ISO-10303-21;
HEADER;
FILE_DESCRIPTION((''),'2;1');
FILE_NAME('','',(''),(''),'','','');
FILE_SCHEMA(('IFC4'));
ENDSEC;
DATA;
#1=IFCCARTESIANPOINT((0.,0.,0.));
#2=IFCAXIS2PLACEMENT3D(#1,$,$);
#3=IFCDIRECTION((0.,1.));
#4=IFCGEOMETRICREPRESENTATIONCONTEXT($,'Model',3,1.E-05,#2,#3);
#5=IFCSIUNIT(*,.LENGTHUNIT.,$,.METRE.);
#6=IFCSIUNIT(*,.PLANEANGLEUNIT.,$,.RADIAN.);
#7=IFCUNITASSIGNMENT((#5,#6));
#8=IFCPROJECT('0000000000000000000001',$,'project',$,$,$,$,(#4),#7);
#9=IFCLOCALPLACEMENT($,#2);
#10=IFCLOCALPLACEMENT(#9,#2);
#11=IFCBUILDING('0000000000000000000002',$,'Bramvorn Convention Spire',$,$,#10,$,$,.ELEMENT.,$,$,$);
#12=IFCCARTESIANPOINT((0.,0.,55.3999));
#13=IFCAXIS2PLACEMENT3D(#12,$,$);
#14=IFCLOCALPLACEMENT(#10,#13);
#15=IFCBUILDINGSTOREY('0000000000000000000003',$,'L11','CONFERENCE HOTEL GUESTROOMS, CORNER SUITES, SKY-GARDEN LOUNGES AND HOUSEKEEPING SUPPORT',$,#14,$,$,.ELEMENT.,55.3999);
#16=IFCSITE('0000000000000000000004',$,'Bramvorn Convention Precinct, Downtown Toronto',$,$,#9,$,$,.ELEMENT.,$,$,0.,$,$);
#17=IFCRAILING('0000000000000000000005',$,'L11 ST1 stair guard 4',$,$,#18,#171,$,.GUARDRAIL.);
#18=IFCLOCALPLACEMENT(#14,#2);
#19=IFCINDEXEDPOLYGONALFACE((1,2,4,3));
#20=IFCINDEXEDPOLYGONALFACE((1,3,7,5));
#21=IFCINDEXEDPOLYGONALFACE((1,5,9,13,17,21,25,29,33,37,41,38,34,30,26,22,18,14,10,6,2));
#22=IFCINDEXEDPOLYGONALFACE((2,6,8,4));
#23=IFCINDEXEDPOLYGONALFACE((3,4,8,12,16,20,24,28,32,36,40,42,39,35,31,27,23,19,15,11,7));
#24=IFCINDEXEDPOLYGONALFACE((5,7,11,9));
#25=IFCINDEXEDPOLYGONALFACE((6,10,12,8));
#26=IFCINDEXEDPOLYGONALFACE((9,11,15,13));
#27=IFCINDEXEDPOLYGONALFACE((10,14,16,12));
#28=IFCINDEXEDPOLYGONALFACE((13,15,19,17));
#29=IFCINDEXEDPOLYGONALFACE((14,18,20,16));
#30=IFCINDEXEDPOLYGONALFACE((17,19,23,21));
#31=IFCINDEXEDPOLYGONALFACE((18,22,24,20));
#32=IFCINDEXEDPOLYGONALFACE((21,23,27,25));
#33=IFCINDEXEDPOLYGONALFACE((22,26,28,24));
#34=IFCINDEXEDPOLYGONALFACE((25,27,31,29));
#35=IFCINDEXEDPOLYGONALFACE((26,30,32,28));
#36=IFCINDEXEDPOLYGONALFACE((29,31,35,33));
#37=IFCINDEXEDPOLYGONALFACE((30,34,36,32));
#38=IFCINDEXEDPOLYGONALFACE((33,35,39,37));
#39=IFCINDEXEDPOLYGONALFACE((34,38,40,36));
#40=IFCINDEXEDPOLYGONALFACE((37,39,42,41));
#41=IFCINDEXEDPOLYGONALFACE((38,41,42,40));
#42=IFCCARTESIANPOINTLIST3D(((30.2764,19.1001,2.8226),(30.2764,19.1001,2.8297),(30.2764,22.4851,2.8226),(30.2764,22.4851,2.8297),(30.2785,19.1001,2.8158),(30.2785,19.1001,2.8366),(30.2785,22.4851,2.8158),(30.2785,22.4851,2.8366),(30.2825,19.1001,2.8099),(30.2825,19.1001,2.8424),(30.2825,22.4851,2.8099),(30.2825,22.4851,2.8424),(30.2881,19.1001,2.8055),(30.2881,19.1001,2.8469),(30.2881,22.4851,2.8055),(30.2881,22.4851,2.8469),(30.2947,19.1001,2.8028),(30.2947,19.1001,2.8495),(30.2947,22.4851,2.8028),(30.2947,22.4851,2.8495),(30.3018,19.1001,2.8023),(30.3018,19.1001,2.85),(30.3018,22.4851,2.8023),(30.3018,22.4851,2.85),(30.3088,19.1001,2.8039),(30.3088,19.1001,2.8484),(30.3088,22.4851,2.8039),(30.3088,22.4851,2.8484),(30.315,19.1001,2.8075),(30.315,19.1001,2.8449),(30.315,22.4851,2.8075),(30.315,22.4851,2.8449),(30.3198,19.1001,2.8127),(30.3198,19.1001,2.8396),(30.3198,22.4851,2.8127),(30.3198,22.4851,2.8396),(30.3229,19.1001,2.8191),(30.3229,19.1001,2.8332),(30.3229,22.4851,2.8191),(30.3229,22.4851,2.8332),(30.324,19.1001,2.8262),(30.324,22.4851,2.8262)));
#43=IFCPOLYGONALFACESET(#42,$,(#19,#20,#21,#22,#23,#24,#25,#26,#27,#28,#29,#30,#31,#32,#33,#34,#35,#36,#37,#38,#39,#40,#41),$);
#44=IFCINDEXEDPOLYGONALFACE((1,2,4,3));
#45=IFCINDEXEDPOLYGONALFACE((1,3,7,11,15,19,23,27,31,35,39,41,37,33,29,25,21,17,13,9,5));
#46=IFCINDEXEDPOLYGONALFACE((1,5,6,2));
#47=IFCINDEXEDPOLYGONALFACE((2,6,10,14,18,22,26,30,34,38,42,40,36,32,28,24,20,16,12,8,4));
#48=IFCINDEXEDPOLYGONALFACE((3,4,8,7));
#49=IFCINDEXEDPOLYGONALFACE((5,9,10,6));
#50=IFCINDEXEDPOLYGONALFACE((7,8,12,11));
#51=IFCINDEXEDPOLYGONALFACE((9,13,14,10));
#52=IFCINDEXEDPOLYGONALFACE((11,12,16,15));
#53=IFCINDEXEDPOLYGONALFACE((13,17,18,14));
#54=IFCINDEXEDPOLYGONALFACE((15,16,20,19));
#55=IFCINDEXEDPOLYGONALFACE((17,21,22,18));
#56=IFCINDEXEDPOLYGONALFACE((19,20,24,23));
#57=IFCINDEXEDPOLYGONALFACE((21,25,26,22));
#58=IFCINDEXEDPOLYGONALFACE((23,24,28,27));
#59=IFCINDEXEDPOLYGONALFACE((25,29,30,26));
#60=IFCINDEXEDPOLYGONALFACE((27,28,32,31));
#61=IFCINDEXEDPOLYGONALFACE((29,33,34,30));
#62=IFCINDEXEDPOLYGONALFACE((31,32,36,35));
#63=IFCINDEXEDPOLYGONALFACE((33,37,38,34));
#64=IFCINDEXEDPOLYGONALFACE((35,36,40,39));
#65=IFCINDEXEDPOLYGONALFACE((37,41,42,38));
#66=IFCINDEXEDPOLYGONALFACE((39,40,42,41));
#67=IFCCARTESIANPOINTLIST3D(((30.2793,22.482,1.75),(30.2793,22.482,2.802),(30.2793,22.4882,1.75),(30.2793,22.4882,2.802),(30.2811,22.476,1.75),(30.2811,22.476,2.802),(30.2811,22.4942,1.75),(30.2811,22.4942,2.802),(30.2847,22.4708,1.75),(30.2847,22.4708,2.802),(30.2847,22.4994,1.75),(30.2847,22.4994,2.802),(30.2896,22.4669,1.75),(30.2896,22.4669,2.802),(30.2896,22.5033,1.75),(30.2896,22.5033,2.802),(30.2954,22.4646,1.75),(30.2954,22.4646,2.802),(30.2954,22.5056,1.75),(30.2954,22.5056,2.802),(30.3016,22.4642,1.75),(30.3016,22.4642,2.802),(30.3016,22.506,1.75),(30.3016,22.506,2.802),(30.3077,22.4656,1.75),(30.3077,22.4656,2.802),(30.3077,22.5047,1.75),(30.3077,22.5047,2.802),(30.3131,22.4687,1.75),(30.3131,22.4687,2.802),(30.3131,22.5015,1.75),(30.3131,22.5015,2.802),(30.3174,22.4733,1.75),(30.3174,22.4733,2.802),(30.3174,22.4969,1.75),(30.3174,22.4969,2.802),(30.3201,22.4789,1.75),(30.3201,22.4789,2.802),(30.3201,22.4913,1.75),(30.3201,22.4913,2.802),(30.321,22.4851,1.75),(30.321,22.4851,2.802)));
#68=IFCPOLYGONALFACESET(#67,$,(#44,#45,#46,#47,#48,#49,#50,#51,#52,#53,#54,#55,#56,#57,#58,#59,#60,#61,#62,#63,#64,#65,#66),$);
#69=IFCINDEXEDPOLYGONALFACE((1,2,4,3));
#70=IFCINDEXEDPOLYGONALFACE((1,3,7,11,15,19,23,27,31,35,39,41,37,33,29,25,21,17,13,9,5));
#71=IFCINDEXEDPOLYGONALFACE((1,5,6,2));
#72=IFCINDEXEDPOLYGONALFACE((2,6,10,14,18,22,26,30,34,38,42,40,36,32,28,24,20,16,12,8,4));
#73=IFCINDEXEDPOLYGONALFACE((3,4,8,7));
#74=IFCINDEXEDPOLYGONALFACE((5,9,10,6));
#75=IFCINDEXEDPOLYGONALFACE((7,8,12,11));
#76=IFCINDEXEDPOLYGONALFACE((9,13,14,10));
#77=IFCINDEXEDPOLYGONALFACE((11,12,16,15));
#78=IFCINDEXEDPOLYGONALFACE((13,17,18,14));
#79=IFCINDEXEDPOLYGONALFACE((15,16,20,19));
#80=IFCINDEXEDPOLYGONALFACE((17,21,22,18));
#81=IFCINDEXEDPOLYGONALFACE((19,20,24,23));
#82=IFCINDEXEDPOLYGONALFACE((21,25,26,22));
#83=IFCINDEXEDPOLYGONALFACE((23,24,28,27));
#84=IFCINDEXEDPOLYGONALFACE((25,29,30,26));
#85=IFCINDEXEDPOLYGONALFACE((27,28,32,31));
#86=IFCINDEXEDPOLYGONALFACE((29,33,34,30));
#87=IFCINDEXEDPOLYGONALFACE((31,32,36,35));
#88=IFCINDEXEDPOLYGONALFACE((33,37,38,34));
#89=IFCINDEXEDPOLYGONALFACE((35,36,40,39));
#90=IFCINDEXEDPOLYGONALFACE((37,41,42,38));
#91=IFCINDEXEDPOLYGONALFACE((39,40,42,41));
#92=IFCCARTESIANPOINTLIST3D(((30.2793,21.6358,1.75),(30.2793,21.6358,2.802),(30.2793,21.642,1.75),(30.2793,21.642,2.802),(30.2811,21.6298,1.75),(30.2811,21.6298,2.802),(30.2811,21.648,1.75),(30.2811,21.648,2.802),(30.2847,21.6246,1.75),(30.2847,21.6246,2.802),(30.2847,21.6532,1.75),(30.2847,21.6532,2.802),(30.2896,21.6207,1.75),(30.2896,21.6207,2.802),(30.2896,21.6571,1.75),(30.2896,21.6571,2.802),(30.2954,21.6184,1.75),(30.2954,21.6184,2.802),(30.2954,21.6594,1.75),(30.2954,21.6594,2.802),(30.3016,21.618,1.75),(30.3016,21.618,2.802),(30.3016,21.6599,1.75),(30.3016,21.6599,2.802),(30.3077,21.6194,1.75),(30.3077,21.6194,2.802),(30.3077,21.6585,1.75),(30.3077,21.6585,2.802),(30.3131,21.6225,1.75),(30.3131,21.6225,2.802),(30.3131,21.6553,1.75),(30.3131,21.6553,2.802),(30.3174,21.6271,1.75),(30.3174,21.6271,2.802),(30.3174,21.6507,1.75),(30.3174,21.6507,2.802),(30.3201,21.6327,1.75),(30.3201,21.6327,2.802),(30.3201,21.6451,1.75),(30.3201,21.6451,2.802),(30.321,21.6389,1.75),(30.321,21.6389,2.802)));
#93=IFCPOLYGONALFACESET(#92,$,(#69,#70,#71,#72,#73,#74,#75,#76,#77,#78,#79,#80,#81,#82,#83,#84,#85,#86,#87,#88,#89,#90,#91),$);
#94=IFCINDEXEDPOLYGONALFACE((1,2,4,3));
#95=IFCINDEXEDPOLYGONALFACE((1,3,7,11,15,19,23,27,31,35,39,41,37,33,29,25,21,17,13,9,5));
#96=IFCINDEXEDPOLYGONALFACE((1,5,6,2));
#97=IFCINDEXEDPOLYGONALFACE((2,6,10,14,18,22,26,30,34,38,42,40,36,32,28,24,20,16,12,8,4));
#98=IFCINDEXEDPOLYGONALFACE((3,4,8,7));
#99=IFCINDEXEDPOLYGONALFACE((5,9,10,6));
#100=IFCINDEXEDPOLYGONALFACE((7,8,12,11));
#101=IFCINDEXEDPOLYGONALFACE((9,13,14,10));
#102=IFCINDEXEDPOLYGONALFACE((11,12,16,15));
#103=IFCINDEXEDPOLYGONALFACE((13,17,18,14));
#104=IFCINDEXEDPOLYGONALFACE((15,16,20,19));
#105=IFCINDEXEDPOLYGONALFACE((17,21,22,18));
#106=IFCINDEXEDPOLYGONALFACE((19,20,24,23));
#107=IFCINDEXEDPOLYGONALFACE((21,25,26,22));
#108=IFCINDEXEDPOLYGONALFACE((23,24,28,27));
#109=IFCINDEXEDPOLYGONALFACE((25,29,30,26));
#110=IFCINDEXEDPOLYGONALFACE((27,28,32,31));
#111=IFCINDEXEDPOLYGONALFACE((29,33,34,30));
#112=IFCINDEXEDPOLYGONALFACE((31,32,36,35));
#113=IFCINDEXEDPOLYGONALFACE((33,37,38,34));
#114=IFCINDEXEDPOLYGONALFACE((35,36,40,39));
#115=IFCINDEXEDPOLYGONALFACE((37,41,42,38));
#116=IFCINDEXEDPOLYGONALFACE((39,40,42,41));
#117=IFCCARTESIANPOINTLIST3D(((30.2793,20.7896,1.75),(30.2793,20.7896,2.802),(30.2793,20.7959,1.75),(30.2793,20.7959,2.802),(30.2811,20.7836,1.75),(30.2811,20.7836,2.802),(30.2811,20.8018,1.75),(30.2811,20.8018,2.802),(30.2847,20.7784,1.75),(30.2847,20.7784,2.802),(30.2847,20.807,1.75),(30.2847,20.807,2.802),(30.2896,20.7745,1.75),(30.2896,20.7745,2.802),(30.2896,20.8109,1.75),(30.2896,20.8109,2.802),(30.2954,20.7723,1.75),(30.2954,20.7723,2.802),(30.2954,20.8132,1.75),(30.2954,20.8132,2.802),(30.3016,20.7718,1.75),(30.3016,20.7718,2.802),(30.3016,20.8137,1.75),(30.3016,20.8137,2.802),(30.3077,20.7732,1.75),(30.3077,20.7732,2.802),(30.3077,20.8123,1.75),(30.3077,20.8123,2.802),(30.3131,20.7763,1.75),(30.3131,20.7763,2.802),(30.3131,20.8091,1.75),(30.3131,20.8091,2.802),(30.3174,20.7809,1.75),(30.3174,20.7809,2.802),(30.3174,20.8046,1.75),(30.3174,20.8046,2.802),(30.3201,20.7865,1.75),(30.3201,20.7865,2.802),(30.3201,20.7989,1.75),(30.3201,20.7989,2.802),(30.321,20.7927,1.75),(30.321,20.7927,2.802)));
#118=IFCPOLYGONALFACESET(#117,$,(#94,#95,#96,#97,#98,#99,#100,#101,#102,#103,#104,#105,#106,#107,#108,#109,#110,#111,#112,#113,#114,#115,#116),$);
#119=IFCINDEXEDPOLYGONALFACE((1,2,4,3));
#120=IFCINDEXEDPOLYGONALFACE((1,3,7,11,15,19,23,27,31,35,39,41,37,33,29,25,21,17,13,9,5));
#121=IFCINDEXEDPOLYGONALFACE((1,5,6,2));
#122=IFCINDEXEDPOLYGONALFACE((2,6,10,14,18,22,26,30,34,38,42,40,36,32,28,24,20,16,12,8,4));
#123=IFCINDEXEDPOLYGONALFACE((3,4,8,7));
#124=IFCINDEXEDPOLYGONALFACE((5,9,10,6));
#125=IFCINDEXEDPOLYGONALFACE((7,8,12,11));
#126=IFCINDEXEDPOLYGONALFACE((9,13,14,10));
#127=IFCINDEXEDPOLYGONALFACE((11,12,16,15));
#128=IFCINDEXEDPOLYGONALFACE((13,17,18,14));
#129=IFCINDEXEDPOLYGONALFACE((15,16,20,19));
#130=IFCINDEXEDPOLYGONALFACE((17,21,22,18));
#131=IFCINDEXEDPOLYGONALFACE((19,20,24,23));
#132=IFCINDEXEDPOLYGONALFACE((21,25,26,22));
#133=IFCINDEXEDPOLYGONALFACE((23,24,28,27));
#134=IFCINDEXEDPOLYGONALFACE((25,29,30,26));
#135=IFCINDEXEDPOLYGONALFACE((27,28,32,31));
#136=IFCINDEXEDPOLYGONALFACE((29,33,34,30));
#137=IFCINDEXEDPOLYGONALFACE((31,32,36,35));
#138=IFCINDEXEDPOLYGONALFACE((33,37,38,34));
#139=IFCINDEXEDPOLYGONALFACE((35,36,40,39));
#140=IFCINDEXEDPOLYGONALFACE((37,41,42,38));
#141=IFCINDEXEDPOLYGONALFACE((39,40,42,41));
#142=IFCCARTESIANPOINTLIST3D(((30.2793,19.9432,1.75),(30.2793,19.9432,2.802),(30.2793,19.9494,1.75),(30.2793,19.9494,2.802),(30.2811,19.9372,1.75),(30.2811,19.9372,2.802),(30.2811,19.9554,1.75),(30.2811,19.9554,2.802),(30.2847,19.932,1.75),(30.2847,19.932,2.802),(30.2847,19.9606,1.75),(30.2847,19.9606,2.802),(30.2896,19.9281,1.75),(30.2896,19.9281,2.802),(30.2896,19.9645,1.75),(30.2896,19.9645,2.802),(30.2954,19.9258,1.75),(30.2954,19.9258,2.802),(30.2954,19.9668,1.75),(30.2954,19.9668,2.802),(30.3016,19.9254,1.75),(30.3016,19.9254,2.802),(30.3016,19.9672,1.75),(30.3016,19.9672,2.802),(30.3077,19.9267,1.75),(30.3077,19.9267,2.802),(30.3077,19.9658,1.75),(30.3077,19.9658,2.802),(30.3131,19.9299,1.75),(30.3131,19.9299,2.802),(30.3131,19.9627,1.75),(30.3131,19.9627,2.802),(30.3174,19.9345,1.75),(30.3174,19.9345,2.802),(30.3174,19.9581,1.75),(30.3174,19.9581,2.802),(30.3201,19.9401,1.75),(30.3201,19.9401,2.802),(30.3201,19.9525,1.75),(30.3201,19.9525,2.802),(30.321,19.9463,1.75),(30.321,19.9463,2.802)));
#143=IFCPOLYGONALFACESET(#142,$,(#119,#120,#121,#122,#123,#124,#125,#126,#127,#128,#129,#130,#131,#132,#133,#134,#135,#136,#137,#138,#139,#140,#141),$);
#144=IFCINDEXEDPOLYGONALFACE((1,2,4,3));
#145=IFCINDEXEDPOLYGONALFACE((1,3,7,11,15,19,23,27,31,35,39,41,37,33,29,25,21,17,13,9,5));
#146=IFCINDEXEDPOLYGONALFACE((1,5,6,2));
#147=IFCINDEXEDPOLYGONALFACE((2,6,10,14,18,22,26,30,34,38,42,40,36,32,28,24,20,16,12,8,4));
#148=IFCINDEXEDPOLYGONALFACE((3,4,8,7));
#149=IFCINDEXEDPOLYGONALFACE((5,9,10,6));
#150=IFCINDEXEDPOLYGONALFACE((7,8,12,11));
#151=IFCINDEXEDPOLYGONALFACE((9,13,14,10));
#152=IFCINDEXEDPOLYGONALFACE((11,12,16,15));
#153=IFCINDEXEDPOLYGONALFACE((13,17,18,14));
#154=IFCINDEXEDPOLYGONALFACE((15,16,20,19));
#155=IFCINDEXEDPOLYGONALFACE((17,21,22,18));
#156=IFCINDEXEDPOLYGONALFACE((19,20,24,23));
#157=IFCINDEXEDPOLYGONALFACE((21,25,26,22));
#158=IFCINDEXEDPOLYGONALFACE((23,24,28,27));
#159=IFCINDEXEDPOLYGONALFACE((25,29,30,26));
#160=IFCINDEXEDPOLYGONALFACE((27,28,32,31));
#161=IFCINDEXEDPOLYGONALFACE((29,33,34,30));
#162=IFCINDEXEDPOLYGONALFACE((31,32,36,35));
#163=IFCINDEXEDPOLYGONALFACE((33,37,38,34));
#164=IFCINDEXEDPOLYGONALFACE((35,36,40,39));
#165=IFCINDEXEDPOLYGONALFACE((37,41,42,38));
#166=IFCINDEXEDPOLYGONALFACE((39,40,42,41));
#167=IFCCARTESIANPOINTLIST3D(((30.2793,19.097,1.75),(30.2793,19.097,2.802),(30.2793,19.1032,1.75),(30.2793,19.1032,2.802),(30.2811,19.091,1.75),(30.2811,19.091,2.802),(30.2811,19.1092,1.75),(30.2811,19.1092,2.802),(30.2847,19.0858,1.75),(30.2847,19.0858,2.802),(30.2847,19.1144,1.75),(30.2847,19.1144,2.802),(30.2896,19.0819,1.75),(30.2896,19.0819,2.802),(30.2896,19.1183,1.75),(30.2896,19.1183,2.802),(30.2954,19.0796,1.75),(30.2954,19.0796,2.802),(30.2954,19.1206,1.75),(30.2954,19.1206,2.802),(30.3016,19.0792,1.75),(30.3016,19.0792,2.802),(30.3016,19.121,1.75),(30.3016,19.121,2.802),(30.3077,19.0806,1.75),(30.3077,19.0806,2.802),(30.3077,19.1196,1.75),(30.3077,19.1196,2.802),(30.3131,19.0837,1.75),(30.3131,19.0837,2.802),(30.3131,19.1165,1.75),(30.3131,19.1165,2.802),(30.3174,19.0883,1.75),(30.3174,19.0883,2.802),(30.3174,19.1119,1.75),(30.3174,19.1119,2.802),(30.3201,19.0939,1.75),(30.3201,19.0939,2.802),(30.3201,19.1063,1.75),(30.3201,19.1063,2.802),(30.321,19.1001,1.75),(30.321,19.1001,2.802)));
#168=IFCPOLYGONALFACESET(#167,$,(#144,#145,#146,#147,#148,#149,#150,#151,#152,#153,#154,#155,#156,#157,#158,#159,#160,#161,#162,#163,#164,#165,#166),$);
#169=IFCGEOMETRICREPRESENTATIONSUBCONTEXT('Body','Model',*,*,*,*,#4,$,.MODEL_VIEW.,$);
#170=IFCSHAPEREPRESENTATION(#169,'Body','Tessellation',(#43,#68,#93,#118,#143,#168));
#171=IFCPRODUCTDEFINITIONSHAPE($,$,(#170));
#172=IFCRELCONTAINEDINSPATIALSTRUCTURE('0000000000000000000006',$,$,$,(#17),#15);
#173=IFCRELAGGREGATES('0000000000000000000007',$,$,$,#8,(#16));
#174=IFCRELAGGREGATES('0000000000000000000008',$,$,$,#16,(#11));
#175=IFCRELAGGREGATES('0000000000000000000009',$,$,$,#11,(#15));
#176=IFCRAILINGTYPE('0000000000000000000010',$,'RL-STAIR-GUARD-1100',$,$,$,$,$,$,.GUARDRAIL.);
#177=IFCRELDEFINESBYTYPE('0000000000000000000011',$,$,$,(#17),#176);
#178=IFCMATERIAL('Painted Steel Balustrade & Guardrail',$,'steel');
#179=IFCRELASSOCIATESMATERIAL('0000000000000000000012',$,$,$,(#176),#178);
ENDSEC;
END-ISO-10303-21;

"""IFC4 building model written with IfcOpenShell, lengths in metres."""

from ifc_helpers import new_model, si_unit, direction, frame, origin, origin_2d, place, context, subcontext, project, spatial, circle, extrude, material, type_object, element, save


model = new_model("IFC4")

# Units and contexts
model_context = context("Model", 3, precision=1e-05, world=origin(), true_north=direction((0.0, 1.0)))
body_context = subcontext(model_context, "Body", "Model", "MODEL_VIEW")
ifc_project = project(units=[si_unit("LENGTHUNIT", "METRE"), si_unit("PLANEANGLEUNIT", "RADIAN")], contexts=[model_context])

# Site, building, storey
site_placement = place(None, origin())
site = spatial("IfcSite", under=ifc_project, at=site_placement, Name="Bramvorn Convention Precinct, Downtown Toronto", CompositionType="ELEMENT", RefElevation=0.0)
building_placement = place(site_placement, origin())
building = spatial("IfcBuilding", under=site, at=building_placement, Name="Bramvorn Convention Spire", CompositionType="ELEMENT")
storey_placement = place(building_placement, frame((0.0, 0.0, 55.3999)))
storey = spatial("IfcBuildingStorey", under=building, at=storey_placement, Name="L11", Description="CONFERENCE HOTEL GUESTROOMS, CORNER SUITES, SKY-GARDEN LOUNGES AND HOUSEKEEPING SUPPORT", CompositionType="ELEMENT", Elevation=55.3999)

# Railing
ifc_material_1 = material(Name="Painted Steel Balustrade & Guardrail", Category="steel")
railing_type_1 = type_object("IfcRailingType", Name="RL-STAIR-GUARD-1100", PredefinedType="GUARDRAIL", material=ifc_material_1)
for number, where, name in (
    (1, (30.3, 22.4851, 1.75), "L11 ST1 stair guard 4"),
):
    element("IfcRailing", number, at=place(storey_placement, frame(where)), inside=storey, type_object=railing_type_1, Name=name, PredefinedType="GUARDRAIL", context=body_context, shape_type="SweptSolid", body=[
        extrude(circle(Radius=0.0239, at=origin_2d()), frame((0.0, 0.0, 1.0762), z_axis=(0.0, -1.0, 0.0), x_axis=(1.0, 0.0, 0.0)), (0.0, 0.0, 1.0), 3.385),
        extrude(circle(Radius=0.021, at=origin_2d()), origin(), (0.0, 0.0, 1.0), 1.052),
        extrude(circle(Radius=0.021, at=origin_2d()), frame((0.0, -0.8462, 0.0)), (0.0, 0.0, 1.0), 1.052),
        extrude(circle(Radius=0.021, at=origin_2d()), frame((0.0, -1.6924, 0.0)), (0.0, 0.0, 1.0), 1.052),
        extrude(circle(Radius=0.021, at=origin_2d()), frame((0.0, -2.5388, 0.0)), (0.0, 0.0, 1.0), 1.052),
        extrude(circle(Radius=0.021, at=origin_2d()), frame((0.0, -3.385, 0.0)), (0.0, 0.0, 1.0), 1.052),
    ])

save(model, "model.ifc")
